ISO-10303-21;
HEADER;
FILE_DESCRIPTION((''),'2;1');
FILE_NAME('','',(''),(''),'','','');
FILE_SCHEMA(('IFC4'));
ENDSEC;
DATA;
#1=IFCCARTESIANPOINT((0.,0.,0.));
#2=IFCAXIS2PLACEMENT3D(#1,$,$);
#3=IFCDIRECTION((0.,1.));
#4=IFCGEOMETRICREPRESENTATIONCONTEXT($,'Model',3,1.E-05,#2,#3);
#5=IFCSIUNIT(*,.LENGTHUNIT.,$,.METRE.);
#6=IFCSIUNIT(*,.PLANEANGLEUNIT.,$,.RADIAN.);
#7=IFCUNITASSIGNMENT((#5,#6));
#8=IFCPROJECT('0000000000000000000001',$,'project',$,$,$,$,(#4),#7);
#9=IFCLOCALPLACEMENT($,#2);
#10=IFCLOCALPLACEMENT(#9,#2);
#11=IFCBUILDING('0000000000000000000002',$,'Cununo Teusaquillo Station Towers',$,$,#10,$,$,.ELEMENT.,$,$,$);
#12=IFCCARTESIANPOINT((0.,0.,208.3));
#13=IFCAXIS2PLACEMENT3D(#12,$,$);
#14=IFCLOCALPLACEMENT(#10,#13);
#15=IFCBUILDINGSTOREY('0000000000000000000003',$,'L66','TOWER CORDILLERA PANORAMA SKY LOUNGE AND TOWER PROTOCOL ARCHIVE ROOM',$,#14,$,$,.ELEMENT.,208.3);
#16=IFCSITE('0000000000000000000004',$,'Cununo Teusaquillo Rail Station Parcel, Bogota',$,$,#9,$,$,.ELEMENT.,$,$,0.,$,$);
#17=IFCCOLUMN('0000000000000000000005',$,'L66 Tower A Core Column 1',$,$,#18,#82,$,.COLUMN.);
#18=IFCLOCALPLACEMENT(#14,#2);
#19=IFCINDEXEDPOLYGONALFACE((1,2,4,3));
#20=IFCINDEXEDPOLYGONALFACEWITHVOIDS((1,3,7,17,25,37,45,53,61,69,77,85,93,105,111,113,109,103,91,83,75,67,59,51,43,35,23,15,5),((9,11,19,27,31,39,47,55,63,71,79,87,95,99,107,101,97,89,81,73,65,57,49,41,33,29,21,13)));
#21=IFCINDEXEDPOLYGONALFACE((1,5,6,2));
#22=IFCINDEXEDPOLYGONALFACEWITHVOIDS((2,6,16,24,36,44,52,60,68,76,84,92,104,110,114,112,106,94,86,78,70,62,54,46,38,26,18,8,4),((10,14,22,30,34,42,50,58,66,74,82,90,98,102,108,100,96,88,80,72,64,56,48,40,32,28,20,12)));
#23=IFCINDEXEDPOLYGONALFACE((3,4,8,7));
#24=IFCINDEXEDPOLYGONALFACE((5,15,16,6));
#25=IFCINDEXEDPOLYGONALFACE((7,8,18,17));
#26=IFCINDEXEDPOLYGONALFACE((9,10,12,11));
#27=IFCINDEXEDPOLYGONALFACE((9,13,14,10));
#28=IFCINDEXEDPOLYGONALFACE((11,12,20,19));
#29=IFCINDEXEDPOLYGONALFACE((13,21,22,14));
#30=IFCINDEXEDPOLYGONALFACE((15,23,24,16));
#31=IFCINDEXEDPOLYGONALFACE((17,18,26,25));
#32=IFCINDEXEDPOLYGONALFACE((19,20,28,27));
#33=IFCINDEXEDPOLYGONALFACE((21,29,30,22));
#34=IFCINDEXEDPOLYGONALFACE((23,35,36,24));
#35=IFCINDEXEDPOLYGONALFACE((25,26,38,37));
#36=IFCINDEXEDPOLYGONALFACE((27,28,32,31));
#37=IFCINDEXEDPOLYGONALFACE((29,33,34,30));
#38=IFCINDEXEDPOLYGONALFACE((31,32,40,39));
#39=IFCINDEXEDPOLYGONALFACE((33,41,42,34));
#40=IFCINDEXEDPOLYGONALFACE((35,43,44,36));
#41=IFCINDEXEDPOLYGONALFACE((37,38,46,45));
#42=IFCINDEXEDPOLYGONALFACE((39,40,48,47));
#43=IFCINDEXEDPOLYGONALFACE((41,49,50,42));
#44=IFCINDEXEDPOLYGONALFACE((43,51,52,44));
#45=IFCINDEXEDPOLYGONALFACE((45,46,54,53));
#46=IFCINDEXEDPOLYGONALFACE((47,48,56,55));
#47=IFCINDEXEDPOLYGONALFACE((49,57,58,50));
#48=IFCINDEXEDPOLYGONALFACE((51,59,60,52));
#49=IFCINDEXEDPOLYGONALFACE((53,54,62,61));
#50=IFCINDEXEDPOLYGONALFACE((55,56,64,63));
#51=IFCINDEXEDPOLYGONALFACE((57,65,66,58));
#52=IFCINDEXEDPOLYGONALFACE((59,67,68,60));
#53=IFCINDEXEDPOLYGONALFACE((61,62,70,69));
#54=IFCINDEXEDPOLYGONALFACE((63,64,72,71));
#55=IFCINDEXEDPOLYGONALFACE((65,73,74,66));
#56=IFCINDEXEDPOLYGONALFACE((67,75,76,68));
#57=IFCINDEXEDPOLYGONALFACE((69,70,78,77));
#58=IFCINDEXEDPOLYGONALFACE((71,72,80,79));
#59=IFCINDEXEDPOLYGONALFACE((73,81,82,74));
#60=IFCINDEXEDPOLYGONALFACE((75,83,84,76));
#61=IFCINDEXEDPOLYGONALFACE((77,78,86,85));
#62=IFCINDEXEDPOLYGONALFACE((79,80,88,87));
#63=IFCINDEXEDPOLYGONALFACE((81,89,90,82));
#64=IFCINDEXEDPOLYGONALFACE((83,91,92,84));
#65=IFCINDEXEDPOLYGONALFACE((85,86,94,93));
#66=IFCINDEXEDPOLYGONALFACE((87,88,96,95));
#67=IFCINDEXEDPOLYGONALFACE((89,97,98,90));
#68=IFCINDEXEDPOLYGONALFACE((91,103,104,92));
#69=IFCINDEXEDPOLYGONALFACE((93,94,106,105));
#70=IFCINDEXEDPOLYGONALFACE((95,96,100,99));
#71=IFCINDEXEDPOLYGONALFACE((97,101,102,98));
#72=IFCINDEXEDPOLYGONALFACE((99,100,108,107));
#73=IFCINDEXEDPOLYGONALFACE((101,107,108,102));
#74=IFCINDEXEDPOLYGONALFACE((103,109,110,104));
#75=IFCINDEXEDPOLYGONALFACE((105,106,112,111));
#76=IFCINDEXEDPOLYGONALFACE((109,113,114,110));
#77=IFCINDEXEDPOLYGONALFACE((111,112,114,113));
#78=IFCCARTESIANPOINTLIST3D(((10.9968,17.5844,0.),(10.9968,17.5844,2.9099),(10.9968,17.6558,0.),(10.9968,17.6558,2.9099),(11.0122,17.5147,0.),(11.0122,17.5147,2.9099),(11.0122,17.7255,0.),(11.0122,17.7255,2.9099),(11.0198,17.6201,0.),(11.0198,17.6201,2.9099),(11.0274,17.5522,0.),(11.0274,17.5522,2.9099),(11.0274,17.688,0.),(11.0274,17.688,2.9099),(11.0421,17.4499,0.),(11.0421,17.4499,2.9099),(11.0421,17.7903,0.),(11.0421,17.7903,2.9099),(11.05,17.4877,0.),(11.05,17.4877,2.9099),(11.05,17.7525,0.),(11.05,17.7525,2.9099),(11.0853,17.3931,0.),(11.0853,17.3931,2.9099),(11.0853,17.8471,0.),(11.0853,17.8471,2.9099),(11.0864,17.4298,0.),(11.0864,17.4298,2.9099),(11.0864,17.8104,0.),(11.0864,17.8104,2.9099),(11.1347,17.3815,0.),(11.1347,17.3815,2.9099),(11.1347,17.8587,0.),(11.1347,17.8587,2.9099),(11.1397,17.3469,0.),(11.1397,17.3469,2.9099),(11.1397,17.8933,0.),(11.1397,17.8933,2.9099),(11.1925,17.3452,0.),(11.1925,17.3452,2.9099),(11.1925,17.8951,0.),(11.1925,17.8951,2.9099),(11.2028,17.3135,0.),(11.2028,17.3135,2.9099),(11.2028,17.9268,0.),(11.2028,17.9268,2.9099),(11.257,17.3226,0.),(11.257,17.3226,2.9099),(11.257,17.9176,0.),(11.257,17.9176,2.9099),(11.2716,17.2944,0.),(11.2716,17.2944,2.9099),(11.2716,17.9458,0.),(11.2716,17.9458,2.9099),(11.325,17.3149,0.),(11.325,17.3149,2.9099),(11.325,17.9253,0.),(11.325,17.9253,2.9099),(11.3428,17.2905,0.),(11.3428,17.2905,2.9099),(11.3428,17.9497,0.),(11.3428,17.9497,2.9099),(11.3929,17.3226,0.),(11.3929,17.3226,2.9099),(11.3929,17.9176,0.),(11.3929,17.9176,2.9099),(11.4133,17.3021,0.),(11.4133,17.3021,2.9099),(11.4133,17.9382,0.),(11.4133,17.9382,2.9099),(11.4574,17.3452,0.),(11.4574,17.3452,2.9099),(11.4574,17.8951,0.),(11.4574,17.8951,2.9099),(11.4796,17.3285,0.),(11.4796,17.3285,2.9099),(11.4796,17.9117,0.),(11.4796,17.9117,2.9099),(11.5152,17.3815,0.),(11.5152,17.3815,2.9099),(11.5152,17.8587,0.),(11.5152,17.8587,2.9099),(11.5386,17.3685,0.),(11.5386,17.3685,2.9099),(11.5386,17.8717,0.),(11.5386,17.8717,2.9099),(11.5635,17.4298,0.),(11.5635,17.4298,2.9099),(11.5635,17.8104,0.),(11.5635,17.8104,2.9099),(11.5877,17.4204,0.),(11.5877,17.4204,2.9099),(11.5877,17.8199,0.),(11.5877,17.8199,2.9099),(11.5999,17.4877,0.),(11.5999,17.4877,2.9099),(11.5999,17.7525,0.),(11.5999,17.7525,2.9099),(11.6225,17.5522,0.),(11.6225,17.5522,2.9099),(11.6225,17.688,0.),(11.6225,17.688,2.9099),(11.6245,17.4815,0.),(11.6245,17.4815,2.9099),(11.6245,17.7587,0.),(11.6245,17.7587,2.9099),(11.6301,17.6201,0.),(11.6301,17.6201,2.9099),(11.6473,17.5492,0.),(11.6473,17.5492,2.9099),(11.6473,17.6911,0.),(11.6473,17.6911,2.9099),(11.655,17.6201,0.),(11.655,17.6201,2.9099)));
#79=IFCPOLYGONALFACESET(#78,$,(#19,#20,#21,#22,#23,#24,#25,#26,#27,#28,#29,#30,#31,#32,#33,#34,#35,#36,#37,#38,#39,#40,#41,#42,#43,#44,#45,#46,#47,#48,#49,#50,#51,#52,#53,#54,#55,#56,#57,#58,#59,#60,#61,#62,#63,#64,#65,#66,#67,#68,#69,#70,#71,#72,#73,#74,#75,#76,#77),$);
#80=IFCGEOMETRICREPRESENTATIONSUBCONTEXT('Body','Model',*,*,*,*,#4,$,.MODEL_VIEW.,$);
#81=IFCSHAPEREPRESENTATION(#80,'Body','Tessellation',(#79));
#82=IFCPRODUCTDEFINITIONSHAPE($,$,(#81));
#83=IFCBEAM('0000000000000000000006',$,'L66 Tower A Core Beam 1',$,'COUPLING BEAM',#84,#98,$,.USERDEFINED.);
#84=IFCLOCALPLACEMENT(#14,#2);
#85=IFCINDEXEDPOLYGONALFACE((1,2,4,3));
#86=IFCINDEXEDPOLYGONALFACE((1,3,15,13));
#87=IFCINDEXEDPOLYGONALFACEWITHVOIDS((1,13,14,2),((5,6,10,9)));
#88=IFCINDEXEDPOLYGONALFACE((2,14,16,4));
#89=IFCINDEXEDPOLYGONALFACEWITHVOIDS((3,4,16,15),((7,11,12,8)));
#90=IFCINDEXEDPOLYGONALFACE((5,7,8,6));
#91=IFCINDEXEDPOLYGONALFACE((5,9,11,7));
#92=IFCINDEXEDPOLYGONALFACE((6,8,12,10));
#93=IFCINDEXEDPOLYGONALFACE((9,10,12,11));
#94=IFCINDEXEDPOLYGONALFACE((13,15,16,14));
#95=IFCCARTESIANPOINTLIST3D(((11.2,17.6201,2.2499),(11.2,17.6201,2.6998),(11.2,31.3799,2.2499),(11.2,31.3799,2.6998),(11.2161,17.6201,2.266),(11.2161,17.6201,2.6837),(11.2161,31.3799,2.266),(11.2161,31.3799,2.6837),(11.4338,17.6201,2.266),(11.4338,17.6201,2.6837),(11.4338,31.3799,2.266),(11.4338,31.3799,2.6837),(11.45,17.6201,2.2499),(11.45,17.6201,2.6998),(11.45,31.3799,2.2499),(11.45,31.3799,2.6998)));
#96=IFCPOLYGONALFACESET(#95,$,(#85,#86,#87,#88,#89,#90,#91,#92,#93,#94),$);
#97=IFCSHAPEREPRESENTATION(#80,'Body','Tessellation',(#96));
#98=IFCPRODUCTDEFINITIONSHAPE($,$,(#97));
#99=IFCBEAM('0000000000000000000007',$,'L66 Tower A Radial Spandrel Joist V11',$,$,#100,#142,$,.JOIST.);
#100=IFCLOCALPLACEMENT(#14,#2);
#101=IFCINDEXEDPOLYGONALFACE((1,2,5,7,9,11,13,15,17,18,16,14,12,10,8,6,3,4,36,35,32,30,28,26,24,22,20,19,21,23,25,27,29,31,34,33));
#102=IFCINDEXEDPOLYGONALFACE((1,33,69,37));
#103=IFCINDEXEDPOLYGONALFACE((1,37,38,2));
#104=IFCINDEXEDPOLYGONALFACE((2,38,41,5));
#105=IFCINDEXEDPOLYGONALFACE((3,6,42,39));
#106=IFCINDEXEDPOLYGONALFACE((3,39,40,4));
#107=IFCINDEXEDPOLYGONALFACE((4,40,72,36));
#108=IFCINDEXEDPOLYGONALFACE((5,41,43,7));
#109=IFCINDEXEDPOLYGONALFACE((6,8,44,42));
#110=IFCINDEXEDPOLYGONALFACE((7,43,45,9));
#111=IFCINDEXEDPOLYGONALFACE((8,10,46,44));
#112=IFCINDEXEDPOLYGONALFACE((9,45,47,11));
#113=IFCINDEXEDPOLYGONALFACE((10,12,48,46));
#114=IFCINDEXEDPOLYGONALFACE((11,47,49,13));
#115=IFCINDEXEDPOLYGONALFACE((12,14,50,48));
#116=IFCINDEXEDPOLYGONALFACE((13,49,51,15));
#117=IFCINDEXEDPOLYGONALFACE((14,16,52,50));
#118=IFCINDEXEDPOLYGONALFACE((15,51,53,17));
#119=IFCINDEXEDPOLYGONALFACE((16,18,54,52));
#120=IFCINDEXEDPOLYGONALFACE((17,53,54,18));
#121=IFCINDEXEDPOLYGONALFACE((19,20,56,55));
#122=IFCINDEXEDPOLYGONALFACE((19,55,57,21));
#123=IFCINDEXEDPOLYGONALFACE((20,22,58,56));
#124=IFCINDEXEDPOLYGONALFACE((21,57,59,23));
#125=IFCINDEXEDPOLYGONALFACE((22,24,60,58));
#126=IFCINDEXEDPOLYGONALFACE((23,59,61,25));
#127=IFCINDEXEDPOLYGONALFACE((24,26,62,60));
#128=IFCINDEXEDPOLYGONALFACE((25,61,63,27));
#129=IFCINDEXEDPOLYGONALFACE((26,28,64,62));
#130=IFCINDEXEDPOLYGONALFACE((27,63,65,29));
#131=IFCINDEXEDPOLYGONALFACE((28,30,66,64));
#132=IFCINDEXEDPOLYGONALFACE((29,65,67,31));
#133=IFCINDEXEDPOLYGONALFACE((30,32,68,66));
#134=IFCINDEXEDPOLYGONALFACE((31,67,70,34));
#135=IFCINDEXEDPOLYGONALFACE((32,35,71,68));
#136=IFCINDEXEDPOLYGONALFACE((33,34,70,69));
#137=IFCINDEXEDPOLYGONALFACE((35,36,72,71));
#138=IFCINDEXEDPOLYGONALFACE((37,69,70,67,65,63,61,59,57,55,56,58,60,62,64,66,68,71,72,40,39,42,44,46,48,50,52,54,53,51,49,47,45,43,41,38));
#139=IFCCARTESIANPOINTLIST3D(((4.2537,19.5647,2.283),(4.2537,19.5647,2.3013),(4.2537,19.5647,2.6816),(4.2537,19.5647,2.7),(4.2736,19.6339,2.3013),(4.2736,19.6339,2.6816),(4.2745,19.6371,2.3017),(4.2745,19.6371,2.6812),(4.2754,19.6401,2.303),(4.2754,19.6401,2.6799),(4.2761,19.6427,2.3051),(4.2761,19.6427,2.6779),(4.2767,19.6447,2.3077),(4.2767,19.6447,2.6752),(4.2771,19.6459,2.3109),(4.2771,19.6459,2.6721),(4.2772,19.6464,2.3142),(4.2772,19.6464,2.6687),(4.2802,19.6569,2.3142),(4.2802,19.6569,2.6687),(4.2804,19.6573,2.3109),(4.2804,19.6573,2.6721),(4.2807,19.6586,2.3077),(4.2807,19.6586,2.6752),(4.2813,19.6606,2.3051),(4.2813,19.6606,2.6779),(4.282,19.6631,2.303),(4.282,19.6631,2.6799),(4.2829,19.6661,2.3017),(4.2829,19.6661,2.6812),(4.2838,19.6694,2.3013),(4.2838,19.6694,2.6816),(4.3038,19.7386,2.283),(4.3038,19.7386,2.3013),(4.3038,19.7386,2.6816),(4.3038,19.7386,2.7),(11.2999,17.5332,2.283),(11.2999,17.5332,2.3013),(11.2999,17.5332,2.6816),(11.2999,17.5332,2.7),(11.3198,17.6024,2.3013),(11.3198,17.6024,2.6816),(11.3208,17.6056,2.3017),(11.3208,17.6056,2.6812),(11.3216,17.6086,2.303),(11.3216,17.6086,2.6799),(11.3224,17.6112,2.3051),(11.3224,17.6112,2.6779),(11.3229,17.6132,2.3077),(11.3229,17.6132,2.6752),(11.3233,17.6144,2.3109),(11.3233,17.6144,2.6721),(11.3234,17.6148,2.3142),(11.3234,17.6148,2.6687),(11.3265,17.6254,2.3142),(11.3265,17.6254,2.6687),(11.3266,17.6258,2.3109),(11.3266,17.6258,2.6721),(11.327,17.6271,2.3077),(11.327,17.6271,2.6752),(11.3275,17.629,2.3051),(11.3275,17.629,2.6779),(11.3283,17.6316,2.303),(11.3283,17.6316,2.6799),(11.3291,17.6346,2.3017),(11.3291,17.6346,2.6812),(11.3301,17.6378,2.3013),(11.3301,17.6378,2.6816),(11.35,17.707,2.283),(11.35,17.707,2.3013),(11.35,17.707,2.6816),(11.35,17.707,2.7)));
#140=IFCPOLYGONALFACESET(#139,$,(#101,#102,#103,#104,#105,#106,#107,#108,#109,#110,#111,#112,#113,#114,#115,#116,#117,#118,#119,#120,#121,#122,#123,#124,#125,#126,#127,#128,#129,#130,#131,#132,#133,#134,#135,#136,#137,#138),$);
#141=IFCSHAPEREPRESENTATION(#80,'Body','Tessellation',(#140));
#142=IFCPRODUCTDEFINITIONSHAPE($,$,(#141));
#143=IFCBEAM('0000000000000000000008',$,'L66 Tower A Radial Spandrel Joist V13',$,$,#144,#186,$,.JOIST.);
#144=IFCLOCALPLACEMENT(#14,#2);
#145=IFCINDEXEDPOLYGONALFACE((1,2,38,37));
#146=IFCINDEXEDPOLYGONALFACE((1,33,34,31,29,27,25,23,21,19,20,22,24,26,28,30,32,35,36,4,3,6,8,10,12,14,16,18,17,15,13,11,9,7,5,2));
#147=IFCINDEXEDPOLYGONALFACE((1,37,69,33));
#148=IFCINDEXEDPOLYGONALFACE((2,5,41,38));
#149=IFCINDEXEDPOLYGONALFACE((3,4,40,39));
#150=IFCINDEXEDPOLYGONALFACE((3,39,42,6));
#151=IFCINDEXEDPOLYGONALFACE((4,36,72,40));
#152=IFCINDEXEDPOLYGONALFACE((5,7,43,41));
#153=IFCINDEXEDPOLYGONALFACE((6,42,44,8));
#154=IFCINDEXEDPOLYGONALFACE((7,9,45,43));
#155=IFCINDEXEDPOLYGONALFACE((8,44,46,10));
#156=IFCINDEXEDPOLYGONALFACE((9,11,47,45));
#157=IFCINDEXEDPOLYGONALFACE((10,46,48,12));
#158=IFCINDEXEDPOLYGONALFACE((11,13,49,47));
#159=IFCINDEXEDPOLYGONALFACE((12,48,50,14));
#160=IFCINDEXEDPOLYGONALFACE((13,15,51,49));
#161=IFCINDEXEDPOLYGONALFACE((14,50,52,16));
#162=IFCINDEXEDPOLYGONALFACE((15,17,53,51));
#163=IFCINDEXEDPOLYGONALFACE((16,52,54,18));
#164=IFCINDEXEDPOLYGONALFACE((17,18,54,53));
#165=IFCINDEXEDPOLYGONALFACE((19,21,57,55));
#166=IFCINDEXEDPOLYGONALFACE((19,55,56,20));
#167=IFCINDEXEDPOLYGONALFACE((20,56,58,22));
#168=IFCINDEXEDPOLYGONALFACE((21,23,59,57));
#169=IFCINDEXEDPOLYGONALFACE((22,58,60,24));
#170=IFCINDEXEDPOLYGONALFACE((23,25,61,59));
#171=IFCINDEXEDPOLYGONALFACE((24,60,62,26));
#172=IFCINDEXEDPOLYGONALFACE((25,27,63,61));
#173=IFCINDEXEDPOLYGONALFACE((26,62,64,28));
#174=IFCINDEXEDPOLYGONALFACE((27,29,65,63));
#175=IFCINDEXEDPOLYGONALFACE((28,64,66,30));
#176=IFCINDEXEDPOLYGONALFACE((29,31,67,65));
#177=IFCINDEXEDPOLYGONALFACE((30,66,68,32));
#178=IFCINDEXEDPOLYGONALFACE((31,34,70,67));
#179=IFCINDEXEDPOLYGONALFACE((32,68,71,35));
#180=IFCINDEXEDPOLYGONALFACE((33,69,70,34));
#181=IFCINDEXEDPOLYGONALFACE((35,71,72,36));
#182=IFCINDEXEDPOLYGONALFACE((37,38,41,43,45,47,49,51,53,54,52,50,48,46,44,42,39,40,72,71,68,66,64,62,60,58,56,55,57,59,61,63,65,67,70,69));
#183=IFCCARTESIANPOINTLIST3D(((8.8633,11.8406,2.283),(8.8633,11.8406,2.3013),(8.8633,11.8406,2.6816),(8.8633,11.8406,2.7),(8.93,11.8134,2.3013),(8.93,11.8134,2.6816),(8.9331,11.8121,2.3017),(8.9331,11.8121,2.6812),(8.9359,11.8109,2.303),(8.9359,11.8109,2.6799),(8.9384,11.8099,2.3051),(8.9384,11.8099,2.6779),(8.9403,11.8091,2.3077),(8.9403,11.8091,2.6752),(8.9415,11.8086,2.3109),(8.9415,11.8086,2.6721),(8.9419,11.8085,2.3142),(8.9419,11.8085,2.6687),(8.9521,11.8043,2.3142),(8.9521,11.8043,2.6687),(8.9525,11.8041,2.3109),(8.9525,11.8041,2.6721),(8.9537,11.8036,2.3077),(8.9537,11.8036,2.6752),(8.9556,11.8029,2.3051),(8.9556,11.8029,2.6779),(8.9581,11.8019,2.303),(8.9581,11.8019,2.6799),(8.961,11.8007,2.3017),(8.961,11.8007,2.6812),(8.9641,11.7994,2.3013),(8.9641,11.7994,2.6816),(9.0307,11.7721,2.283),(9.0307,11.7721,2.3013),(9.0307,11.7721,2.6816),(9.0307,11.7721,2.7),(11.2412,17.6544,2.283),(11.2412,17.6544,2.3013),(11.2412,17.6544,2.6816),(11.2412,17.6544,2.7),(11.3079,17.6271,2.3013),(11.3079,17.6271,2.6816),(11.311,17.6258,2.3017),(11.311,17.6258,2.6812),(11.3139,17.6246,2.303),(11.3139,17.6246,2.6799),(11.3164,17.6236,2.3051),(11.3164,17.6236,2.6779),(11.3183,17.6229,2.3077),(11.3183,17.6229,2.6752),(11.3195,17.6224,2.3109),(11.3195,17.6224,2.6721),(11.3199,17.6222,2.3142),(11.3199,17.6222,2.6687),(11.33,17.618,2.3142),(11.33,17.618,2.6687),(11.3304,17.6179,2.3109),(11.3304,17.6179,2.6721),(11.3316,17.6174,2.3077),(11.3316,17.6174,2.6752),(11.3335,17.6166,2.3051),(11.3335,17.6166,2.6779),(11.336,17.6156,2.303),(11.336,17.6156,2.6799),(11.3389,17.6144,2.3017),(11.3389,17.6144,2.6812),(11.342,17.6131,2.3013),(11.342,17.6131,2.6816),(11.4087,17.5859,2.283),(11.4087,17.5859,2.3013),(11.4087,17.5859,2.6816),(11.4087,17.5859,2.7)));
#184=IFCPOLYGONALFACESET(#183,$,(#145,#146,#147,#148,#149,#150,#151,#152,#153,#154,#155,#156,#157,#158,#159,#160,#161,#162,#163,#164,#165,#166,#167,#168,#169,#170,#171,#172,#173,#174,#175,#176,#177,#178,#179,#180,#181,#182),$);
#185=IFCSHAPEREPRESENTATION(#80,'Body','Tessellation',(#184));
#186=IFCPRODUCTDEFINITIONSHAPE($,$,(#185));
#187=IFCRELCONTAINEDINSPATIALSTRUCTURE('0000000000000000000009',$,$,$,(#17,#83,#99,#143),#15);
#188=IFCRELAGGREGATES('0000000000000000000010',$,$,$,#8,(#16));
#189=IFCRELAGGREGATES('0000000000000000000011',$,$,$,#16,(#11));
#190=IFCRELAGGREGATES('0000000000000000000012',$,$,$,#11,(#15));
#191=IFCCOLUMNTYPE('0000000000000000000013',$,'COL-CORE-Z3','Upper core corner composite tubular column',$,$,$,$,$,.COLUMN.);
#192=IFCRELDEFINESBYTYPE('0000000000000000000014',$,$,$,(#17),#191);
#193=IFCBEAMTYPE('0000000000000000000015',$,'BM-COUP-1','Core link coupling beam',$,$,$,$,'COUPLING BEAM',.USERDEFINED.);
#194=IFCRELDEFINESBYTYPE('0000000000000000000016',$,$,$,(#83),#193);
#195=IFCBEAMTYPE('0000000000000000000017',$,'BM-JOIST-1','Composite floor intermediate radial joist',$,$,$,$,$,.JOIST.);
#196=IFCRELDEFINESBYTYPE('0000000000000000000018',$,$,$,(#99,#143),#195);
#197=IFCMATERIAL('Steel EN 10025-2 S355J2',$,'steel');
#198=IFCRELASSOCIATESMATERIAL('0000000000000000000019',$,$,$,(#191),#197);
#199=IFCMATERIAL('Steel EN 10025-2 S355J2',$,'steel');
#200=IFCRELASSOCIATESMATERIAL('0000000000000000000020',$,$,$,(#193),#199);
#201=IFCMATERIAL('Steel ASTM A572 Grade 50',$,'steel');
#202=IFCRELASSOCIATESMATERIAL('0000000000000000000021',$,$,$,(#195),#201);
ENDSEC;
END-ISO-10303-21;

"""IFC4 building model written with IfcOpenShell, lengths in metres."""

from ifc_helpers import new_model, si_unit, direction, frame, origin, origin_2d, place, context, subcontext, project, spatial, hollow_rectangle, hollow_circle, i_section, extrude, material, material_profile, profile_set, type_object, element, save


model = new_model("IFC4")

# Units and contexts
model_context = context("Model", 3, precision=1e-05, world=origin(), true_north=direction((0.0, 1.0)))
body_context = subcontext(model_context, "Body", "Model", "MODEL_VIEW")
ifc_project = project(units=[si_unit("LENGTHUNIT", "METRE"), si_unit("PLANEANGLEUNIT", "RADIAN")], contexts=[model_context])

# Site, building, storey
site_placement = place(None, origin())
site = spatial("IfcSite", under=ifc_project, at=site_placement, Name="Cununo Teusaquillo Rail Station Parcel, Bogota", CompositionType="ELEMENT", RefElevation=0.0)
building_placement = place(site_placement, origin())
building = spatial("IfcBuilding", under=site, at=building_placement, Name="Cununo Teusaquillo Station Towers", CompositionType="ELEMENT")
storey_placement = place(building_placement, frame((0.0, 0.0, 208.3)))
storey = spatial("IfcBuildingStorey", under=building, at=storey_placement, Name="L66", Description="TOWER CORDILLERA PANORAMA SKY LOUNGE AND TOWER PROTOCOL ARCHIVE ROOM", CompositionType="ELEMENT", Elevation=208.3)

# Column
ifc_material_1 = material(Name="Steel EN 10025-2 S355J2", Category="steel")
ifc_material_profile_1 = material_profile(ifc_material_1, hollow_circle(Radius=0.3301, WallThickness=0.0249, at=origin_2d()), Name="CHS 660x25")
ifc_profile_set_1 = profile_set([ifc_material_profile_1], Name="Steel EN 10025-2 S355J2")
column_type = type_object("IfcColumnType", Name="COL-CORE-Z3", Description="Upper core corner composite tubular column", PredefinedType="COLUMN", material=ifc_profile_set_1)
column_placement = place(storey_placement, frame((11.325, 17.6201, 0.0), z_axis=(0.0, 0.0, 1.0), x_axis=(1.0, 0.0, 0.0)))
element("IfcColumn", 1, at=column_placement, inside=storey, type_object=column_type, Name="L66 Tower A Core Column 1", PredefinedType="COLUMN", context=body_context, shape_type="SweptSolid", body=[
    extrude(hollow_circle(Radius=0.3301, WallThickness=0.0249, at=origin_2d()), origin(), (0.0, 0.0, 1.0), 2.9099),
])

# Beams
ifc_material_2 = material(Name="Steel EN 10025-2 S355J2", Category="steel")
ifc_material_profile_2 = material_profile(ifc_material_2, hollow_rectangle(XDim=0.25, YDim=0.45, WallThickness=0.0161, at=origin_2d()), Name="RHS 450x250x16")
ifc_profile_set_2 = profile_set([ifc_material_profile_2], Name="Steel EN 10025-2 S355J2")
beam_type_1 = type_object("IfcBeamType", Name="BM-COUP-1", Description="Core link coupling beam", ElementType="COUPLING BEAM", PredefinedType="USERDEFINED", material=ifc_profile_set_2)
beam_1_placement = place(storey_placement, frame((11.325, 17.6201, 2.4749), z_axis=(0.0, 1.0, 0.0), x_axis=(-1.0, 0.0, 0.0)))
element("IfcBeam", 2, at=beam_1_placement, inside=storey, type_object=beam_type_1, Name="L66 Tower A Core Beam 1", ObjectType="COUPLING BEAM", PredefinedType="USERDEFINED", context=body_context, shape_type="SweptSolid", body=[
    extrude(hollow_rectangle(XDim=0.25, YDim=0.45, WallThickness=0.0161, at=origin_2d()), origin(), (0.0, 0.0, 1.0), 13.7598),
])
ifc_material_3 = material(Name="Steel ASTM A572 Grade 50", Category="steel")
ifc_material_profile_3 = material_profile(ifc_material_3, i_section(OverallWidth=0.1809, OverallDepth=0.417, WebThickness=0.011, FlangeThickness=0.0183, FilletRadius=0.0129, at=origin_2d()), Name="W16X57")
ifc_profile_set_3 = profile_set([ifc_material_profile_3], Name="Steel ASTM A572 Grade 50")
beam_type_2 = type_object("IfcBeamType", Name="BM-JOIST-1", Description="Composite floor intermediate radial joist", PredefinedType="JOIST", material=ifc_profile_set_3)
beam_2_placement = place(storey_placement, frame((11.325, 17.6201, 2.4915), z_axis=(-0.960862, 0.277029, 0.0), x_axis=(-0.277029, -0.960862, 0.0)))
element("IfcBeam", 3, at=beam_2_placement, inside=storey, type_object=beam_type_2, Name="L66 Tower A Radial Spandrel Joist V11", PredefinedType="JOIST", context=body_context, shape_type="SweptSolid", body=[
    extrude(i_section(OverallWidth=0.1809, OverallDepth=0.417, WebThickness=0.011, FlangeThickness=0.0183, FilletRadius=0.0129, at=origin_2d()), origin(), (0.0, 0.0, 1.0), 7.3333),
])
beam_3_placement = place(storey_placement, frame((11.325, 17.6201, 2.4915), z_axis=(-0.378577, -0.92557, 0.0), x_axis=(0.92557, -0.378577, 0.0)))
element("IfcBeam", 4, at=beam_3_placement, inside=storey, type_object=beam_type_2, Name="L66 Tower A Radial Spandrel Joist V13", PredefinedType="JOIST", context=body_context, shape_type="SweptSolid", body=[
    extrude(i_section(OverallWidth=0.1809, OverallDepth=0.417, WebThickness=0.011, FlangeThickness=0.0183, FilletRadius=0.0129, at=origin_2d()), origin(), (0.0, 0.0, 1.0), 6.2812),
])

save(model, "model.ifc")
